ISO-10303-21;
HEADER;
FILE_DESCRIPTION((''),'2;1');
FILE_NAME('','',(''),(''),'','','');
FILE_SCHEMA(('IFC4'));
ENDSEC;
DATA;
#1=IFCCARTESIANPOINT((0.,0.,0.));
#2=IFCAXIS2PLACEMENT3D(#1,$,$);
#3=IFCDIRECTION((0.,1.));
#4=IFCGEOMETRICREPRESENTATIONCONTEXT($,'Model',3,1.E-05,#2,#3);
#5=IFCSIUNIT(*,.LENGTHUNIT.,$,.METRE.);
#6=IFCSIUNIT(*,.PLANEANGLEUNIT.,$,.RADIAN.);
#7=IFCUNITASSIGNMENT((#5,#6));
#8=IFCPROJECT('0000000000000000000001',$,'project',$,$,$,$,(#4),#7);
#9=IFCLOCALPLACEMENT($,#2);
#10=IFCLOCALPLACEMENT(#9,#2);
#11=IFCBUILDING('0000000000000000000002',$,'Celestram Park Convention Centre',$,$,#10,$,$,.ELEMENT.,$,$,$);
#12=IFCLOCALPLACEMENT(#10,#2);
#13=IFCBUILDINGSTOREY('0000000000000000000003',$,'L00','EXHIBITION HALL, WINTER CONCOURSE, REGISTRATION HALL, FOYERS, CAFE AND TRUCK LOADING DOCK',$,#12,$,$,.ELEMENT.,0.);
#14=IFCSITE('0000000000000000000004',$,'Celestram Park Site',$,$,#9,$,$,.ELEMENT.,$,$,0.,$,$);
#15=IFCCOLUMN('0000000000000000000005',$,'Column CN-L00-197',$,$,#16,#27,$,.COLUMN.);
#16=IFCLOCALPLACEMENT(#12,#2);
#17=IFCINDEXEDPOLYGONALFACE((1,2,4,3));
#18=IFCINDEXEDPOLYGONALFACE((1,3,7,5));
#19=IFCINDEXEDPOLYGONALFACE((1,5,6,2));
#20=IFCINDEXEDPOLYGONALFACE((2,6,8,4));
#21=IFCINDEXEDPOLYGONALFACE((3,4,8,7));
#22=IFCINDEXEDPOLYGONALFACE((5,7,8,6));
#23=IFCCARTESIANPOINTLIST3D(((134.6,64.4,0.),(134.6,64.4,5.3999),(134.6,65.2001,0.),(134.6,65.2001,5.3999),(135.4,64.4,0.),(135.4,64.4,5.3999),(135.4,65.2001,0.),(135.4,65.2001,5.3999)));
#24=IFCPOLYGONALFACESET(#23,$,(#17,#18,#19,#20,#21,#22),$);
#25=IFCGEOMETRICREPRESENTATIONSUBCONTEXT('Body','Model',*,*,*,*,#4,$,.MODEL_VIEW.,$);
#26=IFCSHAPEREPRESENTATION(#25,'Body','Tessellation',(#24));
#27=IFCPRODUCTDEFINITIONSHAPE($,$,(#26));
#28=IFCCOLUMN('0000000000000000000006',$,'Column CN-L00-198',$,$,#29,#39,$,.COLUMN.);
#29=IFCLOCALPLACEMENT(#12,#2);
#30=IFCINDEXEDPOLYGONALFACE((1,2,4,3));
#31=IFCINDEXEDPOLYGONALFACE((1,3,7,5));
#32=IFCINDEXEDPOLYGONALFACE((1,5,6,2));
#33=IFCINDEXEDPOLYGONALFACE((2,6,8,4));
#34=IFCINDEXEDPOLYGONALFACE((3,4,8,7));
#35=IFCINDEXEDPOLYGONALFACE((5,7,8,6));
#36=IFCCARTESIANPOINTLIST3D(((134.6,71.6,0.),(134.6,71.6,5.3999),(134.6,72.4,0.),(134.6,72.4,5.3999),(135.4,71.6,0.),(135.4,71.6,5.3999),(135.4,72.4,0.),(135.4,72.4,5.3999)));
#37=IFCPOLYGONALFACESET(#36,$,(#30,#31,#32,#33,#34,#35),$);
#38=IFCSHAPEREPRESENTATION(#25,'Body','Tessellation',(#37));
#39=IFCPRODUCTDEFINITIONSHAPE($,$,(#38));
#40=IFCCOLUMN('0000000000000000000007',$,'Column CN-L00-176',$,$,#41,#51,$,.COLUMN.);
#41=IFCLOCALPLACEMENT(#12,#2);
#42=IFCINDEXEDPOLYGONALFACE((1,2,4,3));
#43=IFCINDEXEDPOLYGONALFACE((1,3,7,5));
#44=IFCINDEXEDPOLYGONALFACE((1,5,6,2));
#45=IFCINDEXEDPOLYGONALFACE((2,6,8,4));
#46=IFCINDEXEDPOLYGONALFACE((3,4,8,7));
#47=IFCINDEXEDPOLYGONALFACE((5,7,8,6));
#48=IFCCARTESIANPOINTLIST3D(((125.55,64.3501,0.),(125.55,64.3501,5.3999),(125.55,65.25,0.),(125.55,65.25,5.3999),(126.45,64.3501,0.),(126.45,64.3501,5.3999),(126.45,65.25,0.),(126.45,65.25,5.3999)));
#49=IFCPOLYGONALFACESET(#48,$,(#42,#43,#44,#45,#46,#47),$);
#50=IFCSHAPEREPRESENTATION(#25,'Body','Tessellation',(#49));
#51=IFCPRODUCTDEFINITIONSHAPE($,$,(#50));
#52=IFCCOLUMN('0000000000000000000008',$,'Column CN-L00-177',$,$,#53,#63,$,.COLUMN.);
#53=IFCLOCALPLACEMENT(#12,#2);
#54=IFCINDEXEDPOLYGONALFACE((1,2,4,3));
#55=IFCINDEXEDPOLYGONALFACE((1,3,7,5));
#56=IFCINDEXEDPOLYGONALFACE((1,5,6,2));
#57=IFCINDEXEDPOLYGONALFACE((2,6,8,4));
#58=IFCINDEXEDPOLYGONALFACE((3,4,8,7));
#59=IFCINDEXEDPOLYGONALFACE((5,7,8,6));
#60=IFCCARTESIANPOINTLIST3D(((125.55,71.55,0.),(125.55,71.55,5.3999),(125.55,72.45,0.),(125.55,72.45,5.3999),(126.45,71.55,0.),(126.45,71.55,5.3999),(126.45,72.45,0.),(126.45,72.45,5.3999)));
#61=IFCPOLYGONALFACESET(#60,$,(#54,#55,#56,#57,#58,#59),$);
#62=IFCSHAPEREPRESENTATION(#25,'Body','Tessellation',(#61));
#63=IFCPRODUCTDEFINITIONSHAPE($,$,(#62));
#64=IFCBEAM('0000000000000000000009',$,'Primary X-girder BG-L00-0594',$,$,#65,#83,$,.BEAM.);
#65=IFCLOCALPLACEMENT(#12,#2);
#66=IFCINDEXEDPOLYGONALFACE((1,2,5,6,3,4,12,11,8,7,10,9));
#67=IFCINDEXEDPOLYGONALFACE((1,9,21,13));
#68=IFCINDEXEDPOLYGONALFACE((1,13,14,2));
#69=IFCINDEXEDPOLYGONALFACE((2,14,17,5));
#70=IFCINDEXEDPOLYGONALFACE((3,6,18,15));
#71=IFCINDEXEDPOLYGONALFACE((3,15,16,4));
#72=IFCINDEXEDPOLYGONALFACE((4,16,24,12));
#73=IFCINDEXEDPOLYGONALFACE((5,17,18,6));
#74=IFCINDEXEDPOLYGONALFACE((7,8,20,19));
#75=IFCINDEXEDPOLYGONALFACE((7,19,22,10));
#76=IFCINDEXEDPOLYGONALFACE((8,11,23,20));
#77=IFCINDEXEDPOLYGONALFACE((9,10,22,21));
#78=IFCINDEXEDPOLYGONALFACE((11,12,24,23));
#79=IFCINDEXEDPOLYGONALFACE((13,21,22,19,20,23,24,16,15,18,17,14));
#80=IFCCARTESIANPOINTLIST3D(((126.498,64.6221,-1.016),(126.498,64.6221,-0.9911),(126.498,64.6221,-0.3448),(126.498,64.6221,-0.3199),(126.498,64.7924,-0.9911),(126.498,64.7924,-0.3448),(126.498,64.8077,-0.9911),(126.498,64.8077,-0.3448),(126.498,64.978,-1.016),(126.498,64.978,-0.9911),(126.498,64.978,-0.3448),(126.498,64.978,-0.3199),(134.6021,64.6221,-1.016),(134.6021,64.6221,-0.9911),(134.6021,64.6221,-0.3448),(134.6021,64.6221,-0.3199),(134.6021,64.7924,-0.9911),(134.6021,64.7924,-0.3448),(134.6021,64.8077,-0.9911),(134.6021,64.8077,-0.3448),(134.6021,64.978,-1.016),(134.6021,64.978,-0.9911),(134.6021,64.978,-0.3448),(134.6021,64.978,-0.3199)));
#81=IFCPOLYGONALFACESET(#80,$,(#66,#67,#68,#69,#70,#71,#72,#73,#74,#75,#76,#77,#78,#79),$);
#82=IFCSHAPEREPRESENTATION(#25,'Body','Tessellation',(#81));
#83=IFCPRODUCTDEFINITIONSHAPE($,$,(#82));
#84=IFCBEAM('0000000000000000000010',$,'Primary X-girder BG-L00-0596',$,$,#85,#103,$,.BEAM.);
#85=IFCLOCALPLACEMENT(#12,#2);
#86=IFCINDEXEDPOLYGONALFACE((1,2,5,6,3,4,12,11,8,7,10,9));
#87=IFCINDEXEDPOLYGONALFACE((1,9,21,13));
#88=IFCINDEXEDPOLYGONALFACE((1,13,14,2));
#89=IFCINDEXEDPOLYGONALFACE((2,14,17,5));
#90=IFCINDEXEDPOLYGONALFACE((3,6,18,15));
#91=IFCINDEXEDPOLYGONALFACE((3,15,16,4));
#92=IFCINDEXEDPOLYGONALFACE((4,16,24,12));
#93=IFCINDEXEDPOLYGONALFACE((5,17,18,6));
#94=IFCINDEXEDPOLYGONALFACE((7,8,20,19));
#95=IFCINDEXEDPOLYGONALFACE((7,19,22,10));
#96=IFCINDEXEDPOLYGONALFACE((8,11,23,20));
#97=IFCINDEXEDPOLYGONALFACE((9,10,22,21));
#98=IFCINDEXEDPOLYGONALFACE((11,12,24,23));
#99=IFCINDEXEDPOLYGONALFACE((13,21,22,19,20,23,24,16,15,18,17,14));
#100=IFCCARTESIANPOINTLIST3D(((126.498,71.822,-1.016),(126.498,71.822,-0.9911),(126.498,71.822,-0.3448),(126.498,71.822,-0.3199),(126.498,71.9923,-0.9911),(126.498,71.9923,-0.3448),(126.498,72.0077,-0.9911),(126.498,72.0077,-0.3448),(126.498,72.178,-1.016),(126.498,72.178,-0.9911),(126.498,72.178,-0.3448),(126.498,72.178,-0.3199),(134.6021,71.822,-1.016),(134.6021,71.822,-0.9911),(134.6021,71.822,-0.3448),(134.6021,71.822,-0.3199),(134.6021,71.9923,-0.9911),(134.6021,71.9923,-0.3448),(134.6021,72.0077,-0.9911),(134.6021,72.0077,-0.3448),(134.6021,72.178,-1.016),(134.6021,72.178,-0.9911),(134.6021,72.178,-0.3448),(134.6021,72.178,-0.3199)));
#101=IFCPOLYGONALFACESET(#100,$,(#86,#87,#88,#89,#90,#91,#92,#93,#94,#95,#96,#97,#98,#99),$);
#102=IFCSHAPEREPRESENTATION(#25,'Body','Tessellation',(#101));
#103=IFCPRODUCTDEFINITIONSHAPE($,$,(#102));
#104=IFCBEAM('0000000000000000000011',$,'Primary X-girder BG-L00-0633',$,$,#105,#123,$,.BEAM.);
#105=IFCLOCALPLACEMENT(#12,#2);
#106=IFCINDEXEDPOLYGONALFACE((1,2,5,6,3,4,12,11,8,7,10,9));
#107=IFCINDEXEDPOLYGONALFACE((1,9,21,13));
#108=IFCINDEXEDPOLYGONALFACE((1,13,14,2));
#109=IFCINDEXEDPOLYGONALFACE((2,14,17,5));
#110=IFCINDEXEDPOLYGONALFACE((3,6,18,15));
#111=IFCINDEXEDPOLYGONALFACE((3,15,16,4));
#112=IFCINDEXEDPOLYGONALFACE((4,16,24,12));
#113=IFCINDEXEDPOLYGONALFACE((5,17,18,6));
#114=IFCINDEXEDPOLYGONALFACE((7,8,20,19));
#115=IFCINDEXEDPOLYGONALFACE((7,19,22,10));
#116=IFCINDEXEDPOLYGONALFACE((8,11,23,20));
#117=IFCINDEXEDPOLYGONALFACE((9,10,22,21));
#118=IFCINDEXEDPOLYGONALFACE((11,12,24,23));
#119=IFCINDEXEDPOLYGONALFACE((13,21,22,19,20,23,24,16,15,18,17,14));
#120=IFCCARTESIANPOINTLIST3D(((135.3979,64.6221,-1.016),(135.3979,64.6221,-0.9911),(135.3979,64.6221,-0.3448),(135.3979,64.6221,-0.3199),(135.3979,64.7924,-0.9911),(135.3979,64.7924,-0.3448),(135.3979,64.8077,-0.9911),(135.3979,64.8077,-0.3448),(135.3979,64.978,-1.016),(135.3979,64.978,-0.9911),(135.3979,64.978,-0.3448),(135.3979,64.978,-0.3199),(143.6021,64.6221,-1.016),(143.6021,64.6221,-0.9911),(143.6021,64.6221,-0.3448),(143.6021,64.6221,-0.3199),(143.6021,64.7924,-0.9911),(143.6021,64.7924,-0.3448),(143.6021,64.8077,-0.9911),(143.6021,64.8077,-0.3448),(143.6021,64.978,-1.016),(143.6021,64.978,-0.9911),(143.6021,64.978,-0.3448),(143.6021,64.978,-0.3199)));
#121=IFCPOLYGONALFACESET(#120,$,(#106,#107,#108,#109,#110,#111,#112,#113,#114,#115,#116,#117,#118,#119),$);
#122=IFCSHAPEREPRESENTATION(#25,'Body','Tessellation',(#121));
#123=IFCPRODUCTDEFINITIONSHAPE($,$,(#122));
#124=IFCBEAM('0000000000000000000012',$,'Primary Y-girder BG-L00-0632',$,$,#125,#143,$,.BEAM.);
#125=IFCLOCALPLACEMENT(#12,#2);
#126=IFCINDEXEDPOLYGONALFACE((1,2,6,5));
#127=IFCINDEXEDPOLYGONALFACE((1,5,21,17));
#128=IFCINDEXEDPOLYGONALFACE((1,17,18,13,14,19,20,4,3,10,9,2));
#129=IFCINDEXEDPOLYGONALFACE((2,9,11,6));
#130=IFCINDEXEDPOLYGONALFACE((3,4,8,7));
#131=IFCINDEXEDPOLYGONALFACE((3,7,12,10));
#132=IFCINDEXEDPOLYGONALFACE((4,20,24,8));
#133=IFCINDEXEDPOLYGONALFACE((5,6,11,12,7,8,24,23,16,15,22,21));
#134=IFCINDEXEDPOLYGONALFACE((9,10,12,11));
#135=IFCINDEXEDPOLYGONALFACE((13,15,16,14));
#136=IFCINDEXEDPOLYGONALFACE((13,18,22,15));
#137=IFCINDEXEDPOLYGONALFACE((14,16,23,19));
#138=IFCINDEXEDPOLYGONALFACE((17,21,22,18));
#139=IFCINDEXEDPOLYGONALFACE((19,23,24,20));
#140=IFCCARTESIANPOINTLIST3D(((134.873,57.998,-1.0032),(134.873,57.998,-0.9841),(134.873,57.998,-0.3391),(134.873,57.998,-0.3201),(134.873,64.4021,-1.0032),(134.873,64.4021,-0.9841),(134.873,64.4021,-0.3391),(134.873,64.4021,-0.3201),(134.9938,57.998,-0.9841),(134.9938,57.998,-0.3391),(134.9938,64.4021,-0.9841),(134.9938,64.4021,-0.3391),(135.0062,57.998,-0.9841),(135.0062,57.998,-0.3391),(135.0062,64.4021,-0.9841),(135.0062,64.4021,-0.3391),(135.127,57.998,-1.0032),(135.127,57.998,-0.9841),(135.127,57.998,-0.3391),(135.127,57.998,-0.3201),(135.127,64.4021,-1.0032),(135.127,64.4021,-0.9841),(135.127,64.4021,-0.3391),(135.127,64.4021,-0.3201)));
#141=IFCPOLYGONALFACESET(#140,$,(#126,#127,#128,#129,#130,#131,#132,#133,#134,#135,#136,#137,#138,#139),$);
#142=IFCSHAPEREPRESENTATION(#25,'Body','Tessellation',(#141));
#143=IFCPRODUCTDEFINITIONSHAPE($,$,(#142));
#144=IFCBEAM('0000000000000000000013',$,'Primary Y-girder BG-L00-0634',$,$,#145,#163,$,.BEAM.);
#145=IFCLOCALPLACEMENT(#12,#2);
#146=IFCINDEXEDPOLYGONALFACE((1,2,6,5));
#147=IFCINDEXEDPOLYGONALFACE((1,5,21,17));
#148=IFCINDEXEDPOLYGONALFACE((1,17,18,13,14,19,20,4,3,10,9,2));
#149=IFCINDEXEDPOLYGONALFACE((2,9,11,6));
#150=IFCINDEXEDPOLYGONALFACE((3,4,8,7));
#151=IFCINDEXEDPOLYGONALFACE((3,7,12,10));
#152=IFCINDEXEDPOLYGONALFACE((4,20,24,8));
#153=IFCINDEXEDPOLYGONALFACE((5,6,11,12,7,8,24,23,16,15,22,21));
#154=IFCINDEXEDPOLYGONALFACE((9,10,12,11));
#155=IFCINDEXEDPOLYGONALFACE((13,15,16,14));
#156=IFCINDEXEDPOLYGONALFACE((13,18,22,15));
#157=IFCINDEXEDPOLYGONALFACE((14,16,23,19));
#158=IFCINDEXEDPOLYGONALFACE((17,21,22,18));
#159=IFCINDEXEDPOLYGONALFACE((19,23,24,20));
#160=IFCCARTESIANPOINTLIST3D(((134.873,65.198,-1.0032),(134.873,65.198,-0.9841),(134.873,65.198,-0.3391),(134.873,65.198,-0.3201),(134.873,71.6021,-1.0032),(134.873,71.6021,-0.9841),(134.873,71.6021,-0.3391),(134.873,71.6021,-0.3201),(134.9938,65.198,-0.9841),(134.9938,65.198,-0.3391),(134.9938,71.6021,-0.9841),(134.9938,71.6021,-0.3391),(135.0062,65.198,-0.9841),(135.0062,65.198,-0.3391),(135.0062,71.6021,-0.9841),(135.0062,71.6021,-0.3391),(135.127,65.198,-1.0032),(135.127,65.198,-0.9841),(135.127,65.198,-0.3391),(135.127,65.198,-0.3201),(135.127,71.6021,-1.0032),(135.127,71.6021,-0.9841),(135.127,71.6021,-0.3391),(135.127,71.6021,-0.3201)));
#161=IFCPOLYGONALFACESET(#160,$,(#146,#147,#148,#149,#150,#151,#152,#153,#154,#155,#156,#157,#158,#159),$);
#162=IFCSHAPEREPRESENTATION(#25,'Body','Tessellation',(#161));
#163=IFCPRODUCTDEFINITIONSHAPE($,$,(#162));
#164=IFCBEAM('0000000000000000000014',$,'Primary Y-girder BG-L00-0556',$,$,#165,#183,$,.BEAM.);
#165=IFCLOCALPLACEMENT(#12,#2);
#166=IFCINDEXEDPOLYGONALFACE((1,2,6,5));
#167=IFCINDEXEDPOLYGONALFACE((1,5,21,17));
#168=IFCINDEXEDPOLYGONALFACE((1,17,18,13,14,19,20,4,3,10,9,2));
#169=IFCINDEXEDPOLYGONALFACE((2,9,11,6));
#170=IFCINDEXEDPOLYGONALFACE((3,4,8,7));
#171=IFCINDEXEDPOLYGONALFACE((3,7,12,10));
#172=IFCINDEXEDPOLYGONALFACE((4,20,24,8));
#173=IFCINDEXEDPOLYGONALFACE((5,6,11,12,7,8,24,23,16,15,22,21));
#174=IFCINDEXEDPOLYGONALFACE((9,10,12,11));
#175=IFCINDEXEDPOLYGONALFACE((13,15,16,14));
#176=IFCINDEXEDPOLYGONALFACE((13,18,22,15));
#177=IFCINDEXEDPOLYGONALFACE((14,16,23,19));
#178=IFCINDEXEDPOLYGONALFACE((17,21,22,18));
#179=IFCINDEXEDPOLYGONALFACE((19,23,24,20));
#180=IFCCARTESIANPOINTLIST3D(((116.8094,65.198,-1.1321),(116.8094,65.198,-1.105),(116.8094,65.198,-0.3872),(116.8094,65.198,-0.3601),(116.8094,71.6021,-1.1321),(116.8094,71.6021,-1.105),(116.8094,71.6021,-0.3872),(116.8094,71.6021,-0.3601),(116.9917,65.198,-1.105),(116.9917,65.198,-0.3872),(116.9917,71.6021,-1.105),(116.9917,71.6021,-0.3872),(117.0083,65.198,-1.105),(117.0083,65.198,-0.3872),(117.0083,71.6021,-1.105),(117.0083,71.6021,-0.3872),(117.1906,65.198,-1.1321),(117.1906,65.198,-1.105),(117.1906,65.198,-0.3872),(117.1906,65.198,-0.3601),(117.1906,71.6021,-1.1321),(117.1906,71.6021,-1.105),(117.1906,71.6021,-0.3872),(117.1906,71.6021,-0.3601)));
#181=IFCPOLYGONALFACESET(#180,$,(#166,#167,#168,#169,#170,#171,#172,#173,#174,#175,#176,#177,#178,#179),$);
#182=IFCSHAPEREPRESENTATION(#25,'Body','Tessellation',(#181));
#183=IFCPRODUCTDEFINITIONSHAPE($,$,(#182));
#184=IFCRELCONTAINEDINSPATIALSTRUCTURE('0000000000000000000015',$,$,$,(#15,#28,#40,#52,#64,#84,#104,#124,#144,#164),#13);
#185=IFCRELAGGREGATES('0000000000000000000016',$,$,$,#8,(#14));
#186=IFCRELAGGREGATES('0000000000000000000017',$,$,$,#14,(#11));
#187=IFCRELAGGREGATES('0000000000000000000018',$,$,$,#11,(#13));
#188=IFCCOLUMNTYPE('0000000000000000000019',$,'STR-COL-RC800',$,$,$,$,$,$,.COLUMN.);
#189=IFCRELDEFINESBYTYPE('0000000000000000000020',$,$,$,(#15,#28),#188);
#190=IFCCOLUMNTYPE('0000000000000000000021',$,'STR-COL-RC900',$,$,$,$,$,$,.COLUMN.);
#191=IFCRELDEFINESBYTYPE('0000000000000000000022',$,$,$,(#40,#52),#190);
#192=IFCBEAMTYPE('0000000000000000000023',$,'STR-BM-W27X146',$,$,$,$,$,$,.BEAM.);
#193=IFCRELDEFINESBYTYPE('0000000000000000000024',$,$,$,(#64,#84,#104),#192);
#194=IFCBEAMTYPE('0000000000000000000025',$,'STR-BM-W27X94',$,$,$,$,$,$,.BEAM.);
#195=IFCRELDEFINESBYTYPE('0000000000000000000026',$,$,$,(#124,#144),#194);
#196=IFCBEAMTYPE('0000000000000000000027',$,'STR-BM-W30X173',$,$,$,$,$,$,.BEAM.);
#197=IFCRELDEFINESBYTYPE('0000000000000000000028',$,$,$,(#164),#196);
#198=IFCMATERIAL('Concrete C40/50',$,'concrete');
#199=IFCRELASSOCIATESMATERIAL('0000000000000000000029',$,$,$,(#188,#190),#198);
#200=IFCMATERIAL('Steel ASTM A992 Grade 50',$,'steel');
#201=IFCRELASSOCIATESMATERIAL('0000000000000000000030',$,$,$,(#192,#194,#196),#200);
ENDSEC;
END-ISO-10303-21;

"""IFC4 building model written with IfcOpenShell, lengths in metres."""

from ifc_helpers import new_model, si_unit, direction, frame, origin, origin_2d, place, context, subcontext, project, spatial, rectangle, i_section, extrude, material, material_profile, profile_set, type_object, element, save


model = new_model("IFC4")

# Units and contexts
model_context = context("Model", 3, precision=1e-05, world=origin(), true_north=direction((0.0, 1.0)))
body_context = subcontext(model_context, "Body", "Model", "MODEL_VIEW")
ifc_project = project(units=[si_unit("LENGTHUNIT", "METRE"), si_unit("PLANEANGLEUNIT", "RADIAN")], contexts=[model_context])

# Site, building, storey
site_placement = place(None, origin())
site = spatial("IfcSite", under=ifc_project, at=site_placement, Name="Celestram Park Site", CompositionType="ELEMENT", RefElevation=0.0)
building_placement = place(site_placement, origin())
building = spatial("IfcBuilding", under=site, at=building_placement, Name="Celestram Park Convention Centre", CompositionType="ELEMENT")
storey_placement = place(building_placement, origin())
storey = spatial("IfcBuildingStorey", under=building, at=storey_placement, Name="L00", Description="EXHIBITION HALL, WINTER CONCOURSE, REGISTRATION HALL, FOYERS, CAFE AND TRUCK LOADING DOCK", CompositionType="ELEMENT", Elevation=0.0)

# Columns
ifc_material_1 = material(Name="Concrete C40/50", Category="concrete")
ifc_material_profile_1 = material_profile(ifc_material_1, rectangle(XDim=0.8, YDim=0.8, at=origin_2d()), Name="RC800X800")
ifc_profile_set_1 = profile_set([ifc_material_profile_1], Name="Concrete C40/50")
column_type_1 = type_object("IfcColumnType", Name="STR-COL-RC800", PredefinedType="COLUMN", material=ifc_profile_set_1)
for number, where, z_axis, x_axis, name in (
    (1, (135.0, 64.8, 0.0), (0.0, 0.0, 1.0), (1.0, 0.0, 0.0), "Column CN-L00-197"),
    (2, (135.0, 72.0, 0.0), (0.0, 0.0, 1.0), (1.0, 0.0, 0.0), "Column CN-L00-198"),
):
    element("IfcColumn", number, at=place(storey_placement, frame(where, z_axis=z_axis, x_axis=x_axis)), inside=storey, type_object=column_type_1, Name=name, PredefinedType="COLUMN", context=body_context, shape_type="SweptSolid", body=[
        extrude(rectangle(XDim=0.8, YDim=0.8, at=origin_2d()), origin(), (0.0, 0.0, 1.0), 5.3999),
    ])
ifc_material_profile_2 = material_profile(ifc_material_1, rectangle(XDim=0.8999, YDim=0.8999, at=origin_2d()), Name="RC900X900")
ifc_profile_set_2 = profile_set([ifc_material_profile_2], Name="Concrete C40/50")
column_type_2 = type_object("IfcColumnType", Name="STR-COL-RC900", PredefinedType="COLUMN", material=ifc_profile_set_2)
for number, where, z_axis, x_axis, name in (
    (3, (126.0, 64.8, 0.0), (0.0, 0.0, 1.0), (1.0, 0.0, 0.0), "Column CN-L00-176"),
    (4, (126.0, 72.0, 0.0), (0.0, 0.0, 1.0), (1.0, 0.0, 0.0), "Column CN-L00-177"),
):
    element("IfcColumn", number, at=place(storey_placement, frame(where, z_axis=z_axis, x_axis=x_axis)), inside=storey, type_object=column_type_2, Name=name, PredefinedType="COLUMN", context=body_context, shape_type="SweptSolid", body=[
        extrude(rectangle(XDim=0.8999, YDim=0.8999, at=origin_2d()), origin(), (0.0, 0.0, 1.0), 5.3999),
    ])

# Beams
ifc_material_2 = material(Name="Steel ASTM A992 Grade 50", Category="steel")
ifc_material_profile_3 = material_profile(ifc_material_2, i_section(OverallWidth=0.356, OverallDepth=0.696, WebThickness=0.0154, FlangeThickness=0.0249, at=origin_2d()), Name="W27X146")
ifc_profile_set_3 = profile_set([ifc_material_profile_3], Name="Steel ASTM A992 Grade 50")
beam_type_1 = type_object("IfcBeamType", Name="STR-BM-W27X146", PredefinedType="BEAM", material=ifc_profile_set_3)
for number, where, z_axis, x_axis, name in (
    (5, (126.498, 64.8, -0.668), (1.0, 0.0, 0.0), (0.0, 1.0, 0.0), "Primary X-girder BG-L00-0594"),
    (6, (126.498, 72.0, -0.668), (1.0, 0.0, 0.0), (0.0, 1.0, 0.0), "Primary X-girder BG-L00-0596"),
):
    element("IfcBeam", number, at=place(storey_placement, frame(where, z_axis=z_axis, x_axis=x_axis)), inside=storey, type_object=beam_type_1, Name=name, PredefinedType="BEAM", context=body_context, shape_type="SweptSolid", body=[
        extrude(i_section(OverallWidth=0.356, OverallDepth=0.696, WebThickness=0.0154, FlangeThickness=0.0249, at=origin_2d()), origin(), (0.0, 0.0, 1.0), 8.104),
    ])
beam_1_placement = place(storey_placement, frame((135.3979, 64.8, -0.668), z_axis=(1.0, 0.0, 0.0), x_axis=(0.0, 1.0, 0.0)))
element("IfcBeam", 7, at=beam_1_placement, inside=storey, type_object=beam_type_1, Name="Primary X-girder BG-L00-0633", PredefinedType="BEAM", context=body_context, shape_type="SweptSolid", body=[
    extrude(i_section(OverallWidth=0.356, OverallDepth=0.696, WebThickness=0.0154, FlangeThickness=0.0249, at=origin_2d()), origin(), (0.0, 0.0, 1.0), 8.2041),
])
ifc_material_profile_4 = material_profile(ifc_material_2, i_section(OverallWidth=0.2539, OverallDepth=0.6831, WebThickness=0.0125, FlangeThickness=0.019, at=origin_2d()), Name="W27X94")
ifc_profile_set_4 = profile_set([ifc_material_profile_4], Name="Steel ASTM A992 Grade 50")
beam_type_2 = type_object("IfcBeamType", Name="STR-BM-W27X94", PredefinedType="BEAM", material=ifc_profile_set_4)
for number, where, z_axis, x_axis, name in (
    (8, (135.0, 57.998, -0.6616), (0.0, 1.0, 0.0), (-1.0, 0.0, 0.0), "Primary Y-girder BG-L00-0632"),
    (9, (135.0, 65.198, -0.6616), (0.0, 1.0, 0.0), (-1.0, 0.0, 0.0), "Primary Y-girder BG-L00-0634"),
):
    element("IfcBeam", number, at=place(storey_placement, frame(where, z_axis=z_axis, x_axis=x_axis)), inside=storey, type_object=beam_type_2, Name=name, PredefinedType="BEAM", context=body_context, shape_type="SweptSolid", body=[
        extrude(i_section(OverallWidth=0.2539, OverallDepth=0.6831, WebThickness=0.0125, FlangeThickness=0.019, at=origin_2d()), origin(), (0.0, 0.0, 1.0), 6.4041),
    ])
ifc_material_profile_5 = material_profile(ifc_material_2, i_section(OverallWidth=0.3811, OverallDepth=0.772, WebThickness=0.0166, FlangeThickness=0.0271, at=origin_2d()), Name="W30X173")
ifc_profile_set_5 = profile_set([ifc_material_profile_5], Name="Steel ASTM A992 Grade 50")
beam_type_3 = type_object("IfcBeamType", Name="STR-BM-W30X173", PredefinedType="BEAM", material=ifc_profile_set_5)
beam_2_placement = place(storey_placement, frame((117.0, 65.198, -0.7461), z_axis=(0.0, 1.0, 0.0), x_axis=(-1.0, 0.0, 0.0)))
element("IfcBeam", 10, at=beam_2_placement, inside=storey, type_object=beam_type_3, Name="Primary Y-girder BG-L00-0556", PredefinedType="BEAM", context=body_context, shape_type="SweptSolid", body=[
    extrude(i_section(OverallWidth=0.3811, OverallDepth=0.772, WebThickness=0.0166, FlangeThickness=0.0271, at=origin_2d()), origin(), (0.0, 0.0, 1.0), 6.4041),
])

save(model, "model.ifc")
